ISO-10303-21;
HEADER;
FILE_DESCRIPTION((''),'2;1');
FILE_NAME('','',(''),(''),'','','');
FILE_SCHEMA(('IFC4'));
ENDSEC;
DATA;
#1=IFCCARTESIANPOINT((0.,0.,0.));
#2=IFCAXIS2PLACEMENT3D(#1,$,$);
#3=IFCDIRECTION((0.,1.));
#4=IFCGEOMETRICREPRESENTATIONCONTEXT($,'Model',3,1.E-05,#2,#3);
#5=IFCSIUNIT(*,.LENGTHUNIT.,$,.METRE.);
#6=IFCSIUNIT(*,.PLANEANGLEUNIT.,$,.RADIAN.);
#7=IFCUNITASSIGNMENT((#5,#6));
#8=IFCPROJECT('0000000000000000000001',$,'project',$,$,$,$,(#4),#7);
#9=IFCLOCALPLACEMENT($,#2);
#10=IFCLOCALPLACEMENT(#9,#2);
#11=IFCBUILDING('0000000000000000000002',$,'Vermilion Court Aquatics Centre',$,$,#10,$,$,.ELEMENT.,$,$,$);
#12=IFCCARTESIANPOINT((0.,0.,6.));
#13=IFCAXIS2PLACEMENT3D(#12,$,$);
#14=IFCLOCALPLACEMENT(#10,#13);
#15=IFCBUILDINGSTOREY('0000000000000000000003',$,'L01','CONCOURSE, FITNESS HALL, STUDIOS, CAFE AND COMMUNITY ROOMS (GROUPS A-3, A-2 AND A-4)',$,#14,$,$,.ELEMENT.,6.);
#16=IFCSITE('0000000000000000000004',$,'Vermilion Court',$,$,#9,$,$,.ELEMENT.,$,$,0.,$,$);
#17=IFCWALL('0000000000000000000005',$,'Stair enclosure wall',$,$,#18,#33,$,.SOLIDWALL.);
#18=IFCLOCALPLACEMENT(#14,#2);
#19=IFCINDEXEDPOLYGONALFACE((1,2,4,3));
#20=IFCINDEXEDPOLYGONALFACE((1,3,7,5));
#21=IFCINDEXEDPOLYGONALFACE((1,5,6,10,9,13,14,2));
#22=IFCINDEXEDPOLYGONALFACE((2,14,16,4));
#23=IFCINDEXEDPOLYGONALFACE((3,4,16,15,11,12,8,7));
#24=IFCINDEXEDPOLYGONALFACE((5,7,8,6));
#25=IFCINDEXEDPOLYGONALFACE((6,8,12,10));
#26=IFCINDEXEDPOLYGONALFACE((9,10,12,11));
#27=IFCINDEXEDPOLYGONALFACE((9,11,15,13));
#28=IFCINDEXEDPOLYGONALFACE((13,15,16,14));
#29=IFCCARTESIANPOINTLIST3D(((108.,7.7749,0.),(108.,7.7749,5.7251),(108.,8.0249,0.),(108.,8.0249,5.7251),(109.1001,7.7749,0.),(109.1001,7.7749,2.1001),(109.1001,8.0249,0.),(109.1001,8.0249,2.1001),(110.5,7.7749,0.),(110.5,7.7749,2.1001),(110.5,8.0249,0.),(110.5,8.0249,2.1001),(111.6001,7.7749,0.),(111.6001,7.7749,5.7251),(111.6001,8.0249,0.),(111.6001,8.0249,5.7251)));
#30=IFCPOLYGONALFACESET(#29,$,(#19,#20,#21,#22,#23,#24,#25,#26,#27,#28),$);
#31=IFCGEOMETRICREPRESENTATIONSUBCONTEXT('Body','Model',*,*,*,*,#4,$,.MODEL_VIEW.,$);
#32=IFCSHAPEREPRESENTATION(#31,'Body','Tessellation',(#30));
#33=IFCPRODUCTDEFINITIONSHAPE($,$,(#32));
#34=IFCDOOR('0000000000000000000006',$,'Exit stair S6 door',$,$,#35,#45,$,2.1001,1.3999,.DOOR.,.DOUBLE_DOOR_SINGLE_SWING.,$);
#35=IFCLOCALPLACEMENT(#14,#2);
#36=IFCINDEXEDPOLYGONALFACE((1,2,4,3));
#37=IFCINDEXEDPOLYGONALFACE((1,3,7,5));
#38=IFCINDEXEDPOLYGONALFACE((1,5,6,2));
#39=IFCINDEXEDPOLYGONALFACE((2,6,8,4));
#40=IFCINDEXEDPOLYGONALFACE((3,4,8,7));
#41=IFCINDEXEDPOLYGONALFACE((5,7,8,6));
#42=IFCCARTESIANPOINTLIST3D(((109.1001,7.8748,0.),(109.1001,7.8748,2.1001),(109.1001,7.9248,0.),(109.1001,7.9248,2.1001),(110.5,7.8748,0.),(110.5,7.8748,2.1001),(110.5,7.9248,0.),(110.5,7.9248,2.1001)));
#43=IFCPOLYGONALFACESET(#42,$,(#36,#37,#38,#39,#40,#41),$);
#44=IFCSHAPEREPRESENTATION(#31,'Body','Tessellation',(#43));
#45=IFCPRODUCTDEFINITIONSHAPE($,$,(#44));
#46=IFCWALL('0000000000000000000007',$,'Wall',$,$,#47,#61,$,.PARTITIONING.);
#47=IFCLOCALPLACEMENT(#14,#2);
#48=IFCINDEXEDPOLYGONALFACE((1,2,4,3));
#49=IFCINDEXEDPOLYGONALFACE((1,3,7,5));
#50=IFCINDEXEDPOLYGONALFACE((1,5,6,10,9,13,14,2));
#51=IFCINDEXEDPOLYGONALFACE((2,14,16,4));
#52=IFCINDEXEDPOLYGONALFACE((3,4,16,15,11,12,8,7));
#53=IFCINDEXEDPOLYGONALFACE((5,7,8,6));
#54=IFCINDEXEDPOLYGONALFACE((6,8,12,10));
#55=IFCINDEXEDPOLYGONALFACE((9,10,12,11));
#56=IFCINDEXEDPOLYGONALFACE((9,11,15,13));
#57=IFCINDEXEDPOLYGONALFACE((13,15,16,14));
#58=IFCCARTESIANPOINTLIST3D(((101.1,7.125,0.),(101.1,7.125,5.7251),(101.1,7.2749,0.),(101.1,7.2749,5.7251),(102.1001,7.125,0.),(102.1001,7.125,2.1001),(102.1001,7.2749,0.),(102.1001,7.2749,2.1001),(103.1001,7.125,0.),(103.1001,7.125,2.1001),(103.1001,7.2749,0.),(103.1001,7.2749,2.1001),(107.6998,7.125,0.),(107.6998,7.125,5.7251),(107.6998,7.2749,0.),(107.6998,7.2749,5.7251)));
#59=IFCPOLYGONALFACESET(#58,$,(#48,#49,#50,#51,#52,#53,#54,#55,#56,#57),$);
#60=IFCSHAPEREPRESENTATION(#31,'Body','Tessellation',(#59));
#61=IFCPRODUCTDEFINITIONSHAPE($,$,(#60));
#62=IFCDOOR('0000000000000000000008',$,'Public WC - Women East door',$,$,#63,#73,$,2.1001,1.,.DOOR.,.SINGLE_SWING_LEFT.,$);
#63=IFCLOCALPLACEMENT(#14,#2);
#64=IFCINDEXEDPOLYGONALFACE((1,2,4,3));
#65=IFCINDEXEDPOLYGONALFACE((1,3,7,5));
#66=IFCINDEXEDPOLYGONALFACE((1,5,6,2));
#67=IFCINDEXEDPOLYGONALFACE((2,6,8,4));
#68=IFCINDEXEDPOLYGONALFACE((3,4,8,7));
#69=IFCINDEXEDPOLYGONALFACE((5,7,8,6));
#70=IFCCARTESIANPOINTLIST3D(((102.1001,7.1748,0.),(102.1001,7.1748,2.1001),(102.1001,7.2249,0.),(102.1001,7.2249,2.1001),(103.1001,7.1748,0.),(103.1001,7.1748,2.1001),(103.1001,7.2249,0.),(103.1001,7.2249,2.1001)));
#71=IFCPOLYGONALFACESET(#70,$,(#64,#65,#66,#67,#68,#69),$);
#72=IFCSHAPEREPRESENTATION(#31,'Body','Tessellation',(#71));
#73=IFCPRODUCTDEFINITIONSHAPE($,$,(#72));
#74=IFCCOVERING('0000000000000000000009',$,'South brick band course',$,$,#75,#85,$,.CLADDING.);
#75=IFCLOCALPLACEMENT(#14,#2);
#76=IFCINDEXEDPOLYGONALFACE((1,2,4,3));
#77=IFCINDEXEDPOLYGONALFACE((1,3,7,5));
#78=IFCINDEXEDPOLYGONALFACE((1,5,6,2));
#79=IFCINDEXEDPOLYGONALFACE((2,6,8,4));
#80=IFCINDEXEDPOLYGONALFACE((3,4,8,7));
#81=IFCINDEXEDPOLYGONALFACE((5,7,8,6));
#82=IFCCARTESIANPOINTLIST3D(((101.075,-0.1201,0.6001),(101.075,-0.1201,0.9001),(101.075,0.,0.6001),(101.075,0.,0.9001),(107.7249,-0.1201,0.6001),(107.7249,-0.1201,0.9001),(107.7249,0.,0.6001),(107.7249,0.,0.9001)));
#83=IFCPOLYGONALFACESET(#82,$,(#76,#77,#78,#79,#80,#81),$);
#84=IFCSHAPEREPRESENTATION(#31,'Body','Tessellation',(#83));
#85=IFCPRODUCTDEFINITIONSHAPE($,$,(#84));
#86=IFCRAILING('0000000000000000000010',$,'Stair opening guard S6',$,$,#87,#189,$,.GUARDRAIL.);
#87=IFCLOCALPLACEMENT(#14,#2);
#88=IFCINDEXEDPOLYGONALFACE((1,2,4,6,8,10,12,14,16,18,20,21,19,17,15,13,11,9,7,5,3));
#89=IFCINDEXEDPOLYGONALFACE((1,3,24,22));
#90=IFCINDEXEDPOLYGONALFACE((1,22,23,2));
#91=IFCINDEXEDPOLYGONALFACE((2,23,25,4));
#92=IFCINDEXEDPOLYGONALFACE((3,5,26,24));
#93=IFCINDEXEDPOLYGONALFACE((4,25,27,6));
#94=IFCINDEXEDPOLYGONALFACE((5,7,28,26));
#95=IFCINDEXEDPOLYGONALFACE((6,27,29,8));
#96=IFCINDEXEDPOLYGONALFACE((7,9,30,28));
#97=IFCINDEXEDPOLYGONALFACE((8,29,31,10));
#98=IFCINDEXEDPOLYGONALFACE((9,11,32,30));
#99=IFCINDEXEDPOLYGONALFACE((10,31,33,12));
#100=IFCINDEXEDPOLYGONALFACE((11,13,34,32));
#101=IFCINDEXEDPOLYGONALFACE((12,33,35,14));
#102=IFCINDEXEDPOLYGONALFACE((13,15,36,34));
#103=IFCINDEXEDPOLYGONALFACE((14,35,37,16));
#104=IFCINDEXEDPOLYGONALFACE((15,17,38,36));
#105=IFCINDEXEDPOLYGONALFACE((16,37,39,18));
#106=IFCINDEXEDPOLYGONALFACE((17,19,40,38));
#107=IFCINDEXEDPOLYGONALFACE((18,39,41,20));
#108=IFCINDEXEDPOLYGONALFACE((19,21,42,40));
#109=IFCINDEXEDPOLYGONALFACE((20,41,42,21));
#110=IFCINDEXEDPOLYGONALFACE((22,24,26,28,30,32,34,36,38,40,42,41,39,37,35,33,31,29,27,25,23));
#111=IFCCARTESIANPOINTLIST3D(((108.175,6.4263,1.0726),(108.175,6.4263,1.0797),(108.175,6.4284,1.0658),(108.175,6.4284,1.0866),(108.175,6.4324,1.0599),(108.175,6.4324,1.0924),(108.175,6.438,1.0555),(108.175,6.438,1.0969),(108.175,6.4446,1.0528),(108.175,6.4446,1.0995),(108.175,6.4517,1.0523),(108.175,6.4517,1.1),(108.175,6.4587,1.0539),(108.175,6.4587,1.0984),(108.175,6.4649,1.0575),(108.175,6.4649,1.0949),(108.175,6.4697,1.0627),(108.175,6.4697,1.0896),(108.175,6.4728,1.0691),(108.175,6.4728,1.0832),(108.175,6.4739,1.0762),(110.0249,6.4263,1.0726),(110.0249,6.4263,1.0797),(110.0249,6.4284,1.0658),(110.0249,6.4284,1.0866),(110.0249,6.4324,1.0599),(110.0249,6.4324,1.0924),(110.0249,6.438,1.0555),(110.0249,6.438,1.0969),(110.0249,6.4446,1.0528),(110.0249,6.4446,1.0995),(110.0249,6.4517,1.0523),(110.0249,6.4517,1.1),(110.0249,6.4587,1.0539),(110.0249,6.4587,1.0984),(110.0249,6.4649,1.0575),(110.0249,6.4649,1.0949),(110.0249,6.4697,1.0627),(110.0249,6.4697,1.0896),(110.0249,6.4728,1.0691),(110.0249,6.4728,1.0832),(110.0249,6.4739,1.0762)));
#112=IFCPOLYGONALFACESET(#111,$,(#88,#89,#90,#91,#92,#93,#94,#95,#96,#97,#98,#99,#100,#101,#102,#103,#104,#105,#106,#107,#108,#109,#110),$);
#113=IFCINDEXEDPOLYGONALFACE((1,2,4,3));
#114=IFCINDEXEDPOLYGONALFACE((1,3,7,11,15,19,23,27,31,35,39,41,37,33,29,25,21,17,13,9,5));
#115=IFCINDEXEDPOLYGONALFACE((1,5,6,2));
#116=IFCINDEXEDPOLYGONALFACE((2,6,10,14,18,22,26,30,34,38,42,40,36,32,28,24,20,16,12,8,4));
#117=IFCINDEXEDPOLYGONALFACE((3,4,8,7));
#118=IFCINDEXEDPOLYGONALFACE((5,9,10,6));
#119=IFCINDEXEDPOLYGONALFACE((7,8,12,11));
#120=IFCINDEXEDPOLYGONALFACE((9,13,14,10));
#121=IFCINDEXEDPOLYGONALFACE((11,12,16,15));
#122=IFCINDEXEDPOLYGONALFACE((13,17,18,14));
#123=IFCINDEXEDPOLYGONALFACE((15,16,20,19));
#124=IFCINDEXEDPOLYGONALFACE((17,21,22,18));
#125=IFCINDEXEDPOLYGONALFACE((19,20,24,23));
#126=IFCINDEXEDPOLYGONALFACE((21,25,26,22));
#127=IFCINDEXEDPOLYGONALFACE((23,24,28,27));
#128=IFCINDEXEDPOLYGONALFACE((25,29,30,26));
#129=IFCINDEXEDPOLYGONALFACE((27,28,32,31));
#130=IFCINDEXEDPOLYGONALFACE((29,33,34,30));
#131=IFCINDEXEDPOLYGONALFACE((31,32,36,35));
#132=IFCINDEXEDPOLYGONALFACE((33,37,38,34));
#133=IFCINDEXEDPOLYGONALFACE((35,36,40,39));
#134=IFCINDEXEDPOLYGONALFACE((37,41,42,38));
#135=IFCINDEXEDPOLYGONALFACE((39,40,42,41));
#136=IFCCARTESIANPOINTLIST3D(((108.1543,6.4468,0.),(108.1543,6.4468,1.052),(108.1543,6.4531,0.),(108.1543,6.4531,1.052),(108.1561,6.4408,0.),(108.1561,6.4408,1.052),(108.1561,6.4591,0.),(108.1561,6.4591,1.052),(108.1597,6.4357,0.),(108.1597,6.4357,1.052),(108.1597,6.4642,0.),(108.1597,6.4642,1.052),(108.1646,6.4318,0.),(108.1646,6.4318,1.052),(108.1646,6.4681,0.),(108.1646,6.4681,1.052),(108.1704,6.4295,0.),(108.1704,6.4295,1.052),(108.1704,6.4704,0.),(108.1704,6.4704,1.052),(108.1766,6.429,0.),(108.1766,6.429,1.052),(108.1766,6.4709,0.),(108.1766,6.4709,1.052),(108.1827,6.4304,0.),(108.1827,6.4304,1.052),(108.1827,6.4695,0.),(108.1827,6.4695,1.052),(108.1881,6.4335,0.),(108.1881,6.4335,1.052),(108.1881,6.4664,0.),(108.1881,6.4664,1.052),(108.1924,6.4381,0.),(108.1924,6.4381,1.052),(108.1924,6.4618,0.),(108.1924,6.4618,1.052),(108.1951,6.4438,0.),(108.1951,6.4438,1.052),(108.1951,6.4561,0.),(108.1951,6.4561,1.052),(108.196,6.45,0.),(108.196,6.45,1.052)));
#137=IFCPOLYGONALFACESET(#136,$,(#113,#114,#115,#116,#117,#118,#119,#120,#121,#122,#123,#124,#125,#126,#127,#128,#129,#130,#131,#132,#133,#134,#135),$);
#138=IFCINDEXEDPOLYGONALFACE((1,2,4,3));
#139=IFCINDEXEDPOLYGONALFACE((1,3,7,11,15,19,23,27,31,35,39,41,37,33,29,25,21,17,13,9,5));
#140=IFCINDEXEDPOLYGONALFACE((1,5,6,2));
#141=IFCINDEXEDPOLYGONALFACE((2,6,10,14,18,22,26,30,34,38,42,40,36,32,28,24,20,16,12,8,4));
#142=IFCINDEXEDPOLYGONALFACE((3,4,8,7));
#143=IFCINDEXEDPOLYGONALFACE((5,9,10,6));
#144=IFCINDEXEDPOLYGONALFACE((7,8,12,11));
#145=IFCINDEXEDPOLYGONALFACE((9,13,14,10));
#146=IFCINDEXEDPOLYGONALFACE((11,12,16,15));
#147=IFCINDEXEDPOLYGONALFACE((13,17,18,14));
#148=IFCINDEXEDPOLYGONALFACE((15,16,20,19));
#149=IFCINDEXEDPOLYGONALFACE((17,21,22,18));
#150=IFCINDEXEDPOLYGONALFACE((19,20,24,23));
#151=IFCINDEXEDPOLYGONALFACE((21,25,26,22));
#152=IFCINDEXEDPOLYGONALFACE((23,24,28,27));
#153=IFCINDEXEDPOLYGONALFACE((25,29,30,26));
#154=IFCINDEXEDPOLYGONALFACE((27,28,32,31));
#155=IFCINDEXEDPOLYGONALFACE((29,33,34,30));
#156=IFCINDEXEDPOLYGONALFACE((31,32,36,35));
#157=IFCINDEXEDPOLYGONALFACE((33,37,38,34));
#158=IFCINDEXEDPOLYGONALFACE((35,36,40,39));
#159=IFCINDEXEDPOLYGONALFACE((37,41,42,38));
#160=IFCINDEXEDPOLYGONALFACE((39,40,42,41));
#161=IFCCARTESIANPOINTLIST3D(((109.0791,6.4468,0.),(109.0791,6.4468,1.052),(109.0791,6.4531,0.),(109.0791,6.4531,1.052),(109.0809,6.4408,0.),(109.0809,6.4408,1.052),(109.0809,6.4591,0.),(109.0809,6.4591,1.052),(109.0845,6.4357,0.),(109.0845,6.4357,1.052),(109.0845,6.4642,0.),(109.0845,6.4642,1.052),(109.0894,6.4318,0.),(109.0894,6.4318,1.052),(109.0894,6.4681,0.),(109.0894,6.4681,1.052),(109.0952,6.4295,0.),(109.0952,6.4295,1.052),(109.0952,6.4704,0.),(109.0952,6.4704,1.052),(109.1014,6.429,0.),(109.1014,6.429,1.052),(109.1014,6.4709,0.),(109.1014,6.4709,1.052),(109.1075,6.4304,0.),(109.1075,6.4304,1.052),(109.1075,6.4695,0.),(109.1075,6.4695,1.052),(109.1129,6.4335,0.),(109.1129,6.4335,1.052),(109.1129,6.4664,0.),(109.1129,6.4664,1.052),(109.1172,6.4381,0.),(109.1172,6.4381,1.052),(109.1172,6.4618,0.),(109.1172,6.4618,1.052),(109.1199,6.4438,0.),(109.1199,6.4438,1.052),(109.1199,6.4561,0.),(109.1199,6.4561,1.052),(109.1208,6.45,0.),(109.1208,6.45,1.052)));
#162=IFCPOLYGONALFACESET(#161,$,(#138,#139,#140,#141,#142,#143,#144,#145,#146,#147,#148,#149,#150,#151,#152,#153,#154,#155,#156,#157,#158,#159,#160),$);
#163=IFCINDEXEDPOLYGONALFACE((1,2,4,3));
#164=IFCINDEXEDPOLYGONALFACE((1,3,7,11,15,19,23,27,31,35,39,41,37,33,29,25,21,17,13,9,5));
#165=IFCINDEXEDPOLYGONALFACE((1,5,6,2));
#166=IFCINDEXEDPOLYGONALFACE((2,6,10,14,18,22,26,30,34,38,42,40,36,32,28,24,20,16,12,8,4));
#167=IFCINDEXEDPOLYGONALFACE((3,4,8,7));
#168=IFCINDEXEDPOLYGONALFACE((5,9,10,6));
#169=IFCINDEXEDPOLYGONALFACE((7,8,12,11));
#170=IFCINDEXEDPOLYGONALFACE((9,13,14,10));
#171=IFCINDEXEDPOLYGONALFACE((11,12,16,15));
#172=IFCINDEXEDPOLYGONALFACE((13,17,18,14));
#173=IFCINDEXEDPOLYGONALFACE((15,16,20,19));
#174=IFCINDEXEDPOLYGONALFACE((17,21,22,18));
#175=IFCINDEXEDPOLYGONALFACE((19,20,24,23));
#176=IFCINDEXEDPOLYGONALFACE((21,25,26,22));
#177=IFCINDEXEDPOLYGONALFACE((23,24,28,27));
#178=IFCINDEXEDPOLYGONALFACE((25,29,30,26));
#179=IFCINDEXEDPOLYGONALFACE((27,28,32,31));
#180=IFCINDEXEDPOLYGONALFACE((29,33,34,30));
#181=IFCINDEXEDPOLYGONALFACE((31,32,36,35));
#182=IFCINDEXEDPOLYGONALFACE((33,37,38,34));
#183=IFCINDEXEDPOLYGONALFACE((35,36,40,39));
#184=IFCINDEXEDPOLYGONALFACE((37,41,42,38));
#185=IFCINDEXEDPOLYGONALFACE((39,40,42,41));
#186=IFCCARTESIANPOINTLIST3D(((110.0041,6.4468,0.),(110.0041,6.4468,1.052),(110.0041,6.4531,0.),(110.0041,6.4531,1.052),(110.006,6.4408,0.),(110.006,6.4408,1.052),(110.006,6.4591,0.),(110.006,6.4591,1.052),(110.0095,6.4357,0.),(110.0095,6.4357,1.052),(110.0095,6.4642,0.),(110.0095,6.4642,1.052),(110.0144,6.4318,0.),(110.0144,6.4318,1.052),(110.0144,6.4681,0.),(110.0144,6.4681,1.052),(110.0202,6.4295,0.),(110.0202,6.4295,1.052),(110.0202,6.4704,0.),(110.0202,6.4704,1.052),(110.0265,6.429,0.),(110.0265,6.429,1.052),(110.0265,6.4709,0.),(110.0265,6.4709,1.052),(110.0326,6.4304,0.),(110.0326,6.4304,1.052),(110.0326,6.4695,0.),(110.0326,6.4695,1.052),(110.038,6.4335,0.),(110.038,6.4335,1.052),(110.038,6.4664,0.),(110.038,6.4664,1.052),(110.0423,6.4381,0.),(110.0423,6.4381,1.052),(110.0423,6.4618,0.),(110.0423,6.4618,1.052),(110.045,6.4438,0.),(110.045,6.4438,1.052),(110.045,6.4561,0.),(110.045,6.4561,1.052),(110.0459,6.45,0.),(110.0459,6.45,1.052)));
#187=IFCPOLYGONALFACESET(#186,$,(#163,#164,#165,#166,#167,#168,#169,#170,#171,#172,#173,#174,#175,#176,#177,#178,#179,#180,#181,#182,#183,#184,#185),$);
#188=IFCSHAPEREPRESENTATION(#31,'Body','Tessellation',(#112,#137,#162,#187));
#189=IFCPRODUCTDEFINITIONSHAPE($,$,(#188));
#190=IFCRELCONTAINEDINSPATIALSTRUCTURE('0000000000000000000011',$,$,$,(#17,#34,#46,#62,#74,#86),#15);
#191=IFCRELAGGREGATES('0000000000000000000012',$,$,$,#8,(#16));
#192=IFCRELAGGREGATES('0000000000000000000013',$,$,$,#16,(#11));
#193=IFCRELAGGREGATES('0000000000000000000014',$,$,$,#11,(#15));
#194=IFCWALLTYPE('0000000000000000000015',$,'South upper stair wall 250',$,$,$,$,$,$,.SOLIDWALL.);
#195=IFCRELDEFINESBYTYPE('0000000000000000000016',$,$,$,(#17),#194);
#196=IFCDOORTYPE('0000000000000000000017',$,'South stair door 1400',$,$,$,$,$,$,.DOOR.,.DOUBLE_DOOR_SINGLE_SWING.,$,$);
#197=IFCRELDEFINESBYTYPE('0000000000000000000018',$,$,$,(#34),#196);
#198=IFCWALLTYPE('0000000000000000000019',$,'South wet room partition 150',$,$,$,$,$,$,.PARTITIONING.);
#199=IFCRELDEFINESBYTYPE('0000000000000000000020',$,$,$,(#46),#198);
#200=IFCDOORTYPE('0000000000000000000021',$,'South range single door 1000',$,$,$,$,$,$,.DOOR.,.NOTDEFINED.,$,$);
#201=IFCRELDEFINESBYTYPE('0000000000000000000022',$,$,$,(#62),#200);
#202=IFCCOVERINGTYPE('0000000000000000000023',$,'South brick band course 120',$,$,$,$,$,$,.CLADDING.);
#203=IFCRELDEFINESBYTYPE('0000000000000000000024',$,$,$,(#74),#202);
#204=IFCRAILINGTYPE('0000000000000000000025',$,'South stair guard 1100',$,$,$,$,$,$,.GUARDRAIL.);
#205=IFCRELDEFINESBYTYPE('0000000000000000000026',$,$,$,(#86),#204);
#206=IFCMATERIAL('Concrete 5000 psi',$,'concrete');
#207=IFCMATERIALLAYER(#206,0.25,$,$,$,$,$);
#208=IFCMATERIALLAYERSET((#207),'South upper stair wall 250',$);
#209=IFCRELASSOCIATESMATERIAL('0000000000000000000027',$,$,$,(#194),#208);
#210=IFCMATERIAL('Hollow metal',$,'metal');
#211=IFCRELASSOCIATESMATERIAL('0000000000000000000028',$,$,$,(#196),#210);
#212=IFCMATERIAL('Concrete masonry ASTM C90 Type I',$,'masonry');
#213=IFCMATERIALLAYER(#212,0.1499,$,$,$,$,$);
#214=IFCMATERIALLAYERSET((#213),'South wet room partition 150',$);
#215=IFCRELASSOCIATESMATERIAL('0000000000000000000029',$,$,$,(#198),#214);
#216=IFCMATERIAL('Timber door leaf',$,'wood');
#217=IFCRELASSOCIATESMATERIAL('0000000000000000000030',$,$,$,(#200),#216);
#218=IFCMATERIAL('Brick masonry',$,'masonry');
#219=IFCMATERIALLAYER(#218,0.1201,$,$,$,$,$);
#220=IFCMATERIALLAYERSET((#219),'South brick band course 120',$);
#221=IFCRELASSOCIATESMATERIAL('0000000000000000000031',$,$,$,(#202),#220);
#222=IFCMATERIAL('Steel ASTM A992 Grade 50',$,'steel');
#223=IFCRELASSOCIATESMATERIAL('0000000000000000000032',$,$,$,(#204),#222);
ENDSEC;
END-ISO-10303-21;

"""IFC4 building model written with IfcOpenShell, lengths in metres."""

from ifc_helpers import new_model, si_unit, direction, frame, frame_2d, origin, origin_2d, place, context, subcontext, project, spatial, rectangle, circle, extrude, material, layer, layer_set, type_object, element, fill, save


model = new_model("IFC4")

# Units and contexts
model_context = context("Model", 3, precision=1e-05, world=origin(), true_north=direction((0.0, 1.0)))
body_context = subcontext(model_context, "Body", "Model", "MODEL_VIEW")
ifc_project = project(units=[si_unit("LENGTHUNIT", "METRE"), si_unit("PLANEANGLEUNIT", "RADIAN")], contexts=[model_context])

# Site, building, storey
site_placement = place(None, origin())
site = spatial("IfcSite", under=ifc_project, at=site_placement, Name="Vermilion Court", CompositionType="ELEMENT", RefElevation=0.0)
building_placement = place(site_placement, origin())
building = spatial("IfcBuilding", under=site, at=building_placement, Name="Vermilion Court Aquatics Centre", CompositionType="ELEMENT")
storey_placement = place(building_placement, frame((0.0, 0.0, 6.0)))
storey = spatial("IfcBuildingStorey", under=building, at=storey_placement, Name="L01", Description="CONCOURSE, FITNESS HALL, STUDIOS, CAFE AND COMMUNITY ROOMS (GROUPS A-3, A-2 AND A-4)", CompositionType="ELEMENT", Elevation=6.0)

# Shared definitions
ifc_material_1 = material(Name="Concrete 5000 psi", Category="concrete")
ifc_layer_1 = layer(ifc_material_1, 0.25)
ifc_layer_set_1 = layer_set([ifc_layer_1], Name="South upper stair wall 250")
wall_type_1 = type_object("IfcWallType", Name="South upper stair wall 250", PredefinedType="SOLIDWALL", material=ifc_layer_set_1)

# Walls, openings, doors
wall_1_placement = place(storey_placement, frame((108.0, 7.8999, 0.0), z_axis=(0.0, 0.0, 1.0), x_axis=(1.0, 0.0, 0.0)))
wall_1 = element("IfcWall", 1, at=wall_1_placement, inside=storey, type_object=wall_type_1, Name="Stair enclosure wall", PredefinedType="SOLIDWALL", context=body_context, shape_type="SweptSolid", body=[
    extrude(rectangle(XDim=3.6001, YDim=0.25, at=frame_2d((1.8, 0.0))), origin(), (0.0, 0.0, 1.0), 5.7251),
])
opening_1_placement = place(wall_1_placement, frame((1.1001, 0.0, 0.0)))
opening_1 = element("IfcOpeningElement", 2, at=opening_1_placement, cuts=wall_1, PredefinedType="OPENING", context=body_context, shape_type="SweptSolid", body=[
    extrude(rectangle(XDim=1.3999, YDim=2.1001, at=frame_2d((0.7, 1.05))), frame((0.0, 0.135, 0.0), z_axis=(0.0, -1.0, 0.0), x_axis=(1.0, 0.0, 0.0)), (0.0, 0.0, 1.0), 0.27),
])
ifc_material_2 = material(Name="Hollow metal", Category="metal")
door_type_1 = type_object("IfcDoorType", Name="South stair door 1400", OperationType="DOUBLE_DOOR_SINGLE_SWING", PredefinedType="DOOR", material=ifc_material_2)
door_1_placement = place(opening_1_placement, frame((1.3999, 0.0, 0.0), z_axis=(0.0, 0.0, 1.0), x_axis=(-1.0, 0.0, 0.0)))
door_1 = element("IfcDoor", 3, at=door_1_placement, inside=storey, type_object=door_type_1, Name="Exit stair S6 door", OperationType="DOUBLE_DOOR_SINGLE_SWING", OverallHeight=2.1001, OverallWidth=1.3999, PredefinedType="DOOR", context=body_context, shape_type="SweptSolid", body=[
    extrude(rectangle(XDim=1.3999, YDim=2.1001, at=frame_2d((0.7, 1.05))), frame((0.0, 0.0251, 0.0), z_axis=(0.0, -1.0, 0.0), x_axis=(1.0, 0.0, 0.0)), (0.0, 0.0, 1.0), 0.05),
])
fill(opening_1, door_1)
ifc_material_3 = material(Name="Concrete masonry ASTM C90 Type I", Category="masonry")
ifc_layer_2 = layer(ifc_material_3, 0.1499)
ifc_layer_set_2 = layer_set([ifc_layer_2], Name="South wet room partition 150")
wall_type_2 = type_object("IfcWallType", Name="South wet room partition 150", PredefinedType="PARTITIONING", material=ifc_layer_set_2)
wall_2_placement = place(storey_placement, frame((101.1001, 7.2, 0.0), z_axis=(0.0, 0.0, 1.0), x_axis=(1.0, 0.0, 0.0)))
wall_2 = element("IfcWall", 4, at=wall_2_placement, inside=storey, type_object=wall_type_2, Name="Wall", PredefinedType="PARTITIONING", context=body_context, shape_type="SweptSolid", body=[
    extrude(rectangle(XDim=6.5999, YDim=0.1499, at=frame_2d((3.2998, 0.0))), origin(), (0.0, 0.0, 1.0), 5.7251),
])
opening_2_placement = place(wall_2_placement, frame((1.0, 0.0, 0.0)))
opening_2 = element("IfcOpeningElement", 5, at=opening_2_placement, cuts=wall_2, PredefinedType="OPENING", context=body_context, shape_type="SweptSolid", body=[
    extrude(rectangle(XDim=1.0, YDim=2.1001, at=frame_2d((0.5, 1.05))), frame((0.0, 0.085, 0.0), z_axis=(0.0, -1.0, 0.0), x_axis=(1.0, 0.0, 0.0)), (0.0, 0.0, 1.0), 0.1699),
])
ifc_material_4 = material(Name="Timber door leaf", Category="wood")
door_type_2 = type_object("IfcDoorType", Name="South range single door 1000", OperationType="NOTDEFINED", PredefinedType="DOOR", material=ifc_material_4)
door_2_placement = place(opening_2_placement, frame((1.0, 0.0, 0.0), z_axis=(0.0, 0.0, 1.0), x_axis=(-1.0, 0.0, 0.0)))
door_2 = element("IfcDoor", 6, at=door_2_placement, inside=storey, type_object=door_type_2, Name="Public WC - Women East door", OperationType="SINGLE_SWING_LEFT", OverallHeight=2.1001, OverallWidth=1.0, PredefinedType="DOOR", context=body_context, shape_type="SweptSolid", body=[
    extrude(rectangle(XDim=1.0, YDim=2.1001, at=frame_2d((0.5, 1.05))), frame((0.0, 0.0251, 0.0), z_axis=(0.0, -1.0, 0.0), x_axis=(1.0, 0.0, 0.0)), (0.0, 0.0, 1.0), 0.05),
])
fill(opening_2, door_2)

# Covering
ifc_material_5 = material(Name="Brick masonry", Category="masonry")
ifc_layer_3 = layer(ifc_material_5, 0.1201)
ifc_layer_set_3 = layer_set([ifc_layer_3], Name="South brick band course 120")
covering_type = type_object("IfcCoveringType", Name="South brick band course 120", PredefinedType="CLADDING", material=ifc_layer_set_3)
covering_placement = place(storey_placement, frame((104.3999, -0.0601, 0.6001), z_axis=(0.0, 0.0, 1.0), x_axis=(1.0, 0.0, 0.0)))
element("IfcCovering", 7, at=covering_placement, inside=storey, type_object=covering_type, Name="South brick band course", PredefinedType="CLADDING", context=body_context, shape_type="SweptSolid", body=[
    extrude(rectangle(XDim=6.6499, YDim=0.1201, at=origin_2d()), origin(), (0.0, 0.0, 1.0), 0.3),
])

# Railing
ifc_material_6 = material(Name="Steel ASTM A992 Grade 50", Category="steel")
railing_type = type_object("IfcRailingType", Name="South stair guard 1100", PredefinedType="GUARDRAIL", material=ifc_material_6)
railing_placement = place(storey_placement, frame((108.175, 6.45, 0.0)))
element("IfcRailing", 8, at=railing_placement, inside=storey, type_object=railing_type, Name="Stair opening guard S6", PredefinedType="GUARDRAIL", context=body_context, shape_type="SweptSolid", body=[
    extrude(circle(Radius=0.0239, at=origin_2d()), frame((0.0, 0.0, 1.0762), z_axis=(1.0, 0.0, 0.0), x_axis=(0.0, 1.0, 0.0)), (0.0, 0.0, 1.0), 1.8499),
    extrude(circle(Radius=0.021, at=origin_2d()), origin(), (0.0, 0.0, 1.0), 1.052),
    extrude(circle(Radius=0.021, at=origin_2d()), frame((0.9248, 0.0, 0.0)), (0.0, 0.0, 1.0), 1.052),
    extrude(circle(Radius=0.021, at=origin_2d()), frame((1.8499, 0.0, 0.0)), (0.0, 0.0, 1.0), 1.052),
])

save(model, "model.ifc")
